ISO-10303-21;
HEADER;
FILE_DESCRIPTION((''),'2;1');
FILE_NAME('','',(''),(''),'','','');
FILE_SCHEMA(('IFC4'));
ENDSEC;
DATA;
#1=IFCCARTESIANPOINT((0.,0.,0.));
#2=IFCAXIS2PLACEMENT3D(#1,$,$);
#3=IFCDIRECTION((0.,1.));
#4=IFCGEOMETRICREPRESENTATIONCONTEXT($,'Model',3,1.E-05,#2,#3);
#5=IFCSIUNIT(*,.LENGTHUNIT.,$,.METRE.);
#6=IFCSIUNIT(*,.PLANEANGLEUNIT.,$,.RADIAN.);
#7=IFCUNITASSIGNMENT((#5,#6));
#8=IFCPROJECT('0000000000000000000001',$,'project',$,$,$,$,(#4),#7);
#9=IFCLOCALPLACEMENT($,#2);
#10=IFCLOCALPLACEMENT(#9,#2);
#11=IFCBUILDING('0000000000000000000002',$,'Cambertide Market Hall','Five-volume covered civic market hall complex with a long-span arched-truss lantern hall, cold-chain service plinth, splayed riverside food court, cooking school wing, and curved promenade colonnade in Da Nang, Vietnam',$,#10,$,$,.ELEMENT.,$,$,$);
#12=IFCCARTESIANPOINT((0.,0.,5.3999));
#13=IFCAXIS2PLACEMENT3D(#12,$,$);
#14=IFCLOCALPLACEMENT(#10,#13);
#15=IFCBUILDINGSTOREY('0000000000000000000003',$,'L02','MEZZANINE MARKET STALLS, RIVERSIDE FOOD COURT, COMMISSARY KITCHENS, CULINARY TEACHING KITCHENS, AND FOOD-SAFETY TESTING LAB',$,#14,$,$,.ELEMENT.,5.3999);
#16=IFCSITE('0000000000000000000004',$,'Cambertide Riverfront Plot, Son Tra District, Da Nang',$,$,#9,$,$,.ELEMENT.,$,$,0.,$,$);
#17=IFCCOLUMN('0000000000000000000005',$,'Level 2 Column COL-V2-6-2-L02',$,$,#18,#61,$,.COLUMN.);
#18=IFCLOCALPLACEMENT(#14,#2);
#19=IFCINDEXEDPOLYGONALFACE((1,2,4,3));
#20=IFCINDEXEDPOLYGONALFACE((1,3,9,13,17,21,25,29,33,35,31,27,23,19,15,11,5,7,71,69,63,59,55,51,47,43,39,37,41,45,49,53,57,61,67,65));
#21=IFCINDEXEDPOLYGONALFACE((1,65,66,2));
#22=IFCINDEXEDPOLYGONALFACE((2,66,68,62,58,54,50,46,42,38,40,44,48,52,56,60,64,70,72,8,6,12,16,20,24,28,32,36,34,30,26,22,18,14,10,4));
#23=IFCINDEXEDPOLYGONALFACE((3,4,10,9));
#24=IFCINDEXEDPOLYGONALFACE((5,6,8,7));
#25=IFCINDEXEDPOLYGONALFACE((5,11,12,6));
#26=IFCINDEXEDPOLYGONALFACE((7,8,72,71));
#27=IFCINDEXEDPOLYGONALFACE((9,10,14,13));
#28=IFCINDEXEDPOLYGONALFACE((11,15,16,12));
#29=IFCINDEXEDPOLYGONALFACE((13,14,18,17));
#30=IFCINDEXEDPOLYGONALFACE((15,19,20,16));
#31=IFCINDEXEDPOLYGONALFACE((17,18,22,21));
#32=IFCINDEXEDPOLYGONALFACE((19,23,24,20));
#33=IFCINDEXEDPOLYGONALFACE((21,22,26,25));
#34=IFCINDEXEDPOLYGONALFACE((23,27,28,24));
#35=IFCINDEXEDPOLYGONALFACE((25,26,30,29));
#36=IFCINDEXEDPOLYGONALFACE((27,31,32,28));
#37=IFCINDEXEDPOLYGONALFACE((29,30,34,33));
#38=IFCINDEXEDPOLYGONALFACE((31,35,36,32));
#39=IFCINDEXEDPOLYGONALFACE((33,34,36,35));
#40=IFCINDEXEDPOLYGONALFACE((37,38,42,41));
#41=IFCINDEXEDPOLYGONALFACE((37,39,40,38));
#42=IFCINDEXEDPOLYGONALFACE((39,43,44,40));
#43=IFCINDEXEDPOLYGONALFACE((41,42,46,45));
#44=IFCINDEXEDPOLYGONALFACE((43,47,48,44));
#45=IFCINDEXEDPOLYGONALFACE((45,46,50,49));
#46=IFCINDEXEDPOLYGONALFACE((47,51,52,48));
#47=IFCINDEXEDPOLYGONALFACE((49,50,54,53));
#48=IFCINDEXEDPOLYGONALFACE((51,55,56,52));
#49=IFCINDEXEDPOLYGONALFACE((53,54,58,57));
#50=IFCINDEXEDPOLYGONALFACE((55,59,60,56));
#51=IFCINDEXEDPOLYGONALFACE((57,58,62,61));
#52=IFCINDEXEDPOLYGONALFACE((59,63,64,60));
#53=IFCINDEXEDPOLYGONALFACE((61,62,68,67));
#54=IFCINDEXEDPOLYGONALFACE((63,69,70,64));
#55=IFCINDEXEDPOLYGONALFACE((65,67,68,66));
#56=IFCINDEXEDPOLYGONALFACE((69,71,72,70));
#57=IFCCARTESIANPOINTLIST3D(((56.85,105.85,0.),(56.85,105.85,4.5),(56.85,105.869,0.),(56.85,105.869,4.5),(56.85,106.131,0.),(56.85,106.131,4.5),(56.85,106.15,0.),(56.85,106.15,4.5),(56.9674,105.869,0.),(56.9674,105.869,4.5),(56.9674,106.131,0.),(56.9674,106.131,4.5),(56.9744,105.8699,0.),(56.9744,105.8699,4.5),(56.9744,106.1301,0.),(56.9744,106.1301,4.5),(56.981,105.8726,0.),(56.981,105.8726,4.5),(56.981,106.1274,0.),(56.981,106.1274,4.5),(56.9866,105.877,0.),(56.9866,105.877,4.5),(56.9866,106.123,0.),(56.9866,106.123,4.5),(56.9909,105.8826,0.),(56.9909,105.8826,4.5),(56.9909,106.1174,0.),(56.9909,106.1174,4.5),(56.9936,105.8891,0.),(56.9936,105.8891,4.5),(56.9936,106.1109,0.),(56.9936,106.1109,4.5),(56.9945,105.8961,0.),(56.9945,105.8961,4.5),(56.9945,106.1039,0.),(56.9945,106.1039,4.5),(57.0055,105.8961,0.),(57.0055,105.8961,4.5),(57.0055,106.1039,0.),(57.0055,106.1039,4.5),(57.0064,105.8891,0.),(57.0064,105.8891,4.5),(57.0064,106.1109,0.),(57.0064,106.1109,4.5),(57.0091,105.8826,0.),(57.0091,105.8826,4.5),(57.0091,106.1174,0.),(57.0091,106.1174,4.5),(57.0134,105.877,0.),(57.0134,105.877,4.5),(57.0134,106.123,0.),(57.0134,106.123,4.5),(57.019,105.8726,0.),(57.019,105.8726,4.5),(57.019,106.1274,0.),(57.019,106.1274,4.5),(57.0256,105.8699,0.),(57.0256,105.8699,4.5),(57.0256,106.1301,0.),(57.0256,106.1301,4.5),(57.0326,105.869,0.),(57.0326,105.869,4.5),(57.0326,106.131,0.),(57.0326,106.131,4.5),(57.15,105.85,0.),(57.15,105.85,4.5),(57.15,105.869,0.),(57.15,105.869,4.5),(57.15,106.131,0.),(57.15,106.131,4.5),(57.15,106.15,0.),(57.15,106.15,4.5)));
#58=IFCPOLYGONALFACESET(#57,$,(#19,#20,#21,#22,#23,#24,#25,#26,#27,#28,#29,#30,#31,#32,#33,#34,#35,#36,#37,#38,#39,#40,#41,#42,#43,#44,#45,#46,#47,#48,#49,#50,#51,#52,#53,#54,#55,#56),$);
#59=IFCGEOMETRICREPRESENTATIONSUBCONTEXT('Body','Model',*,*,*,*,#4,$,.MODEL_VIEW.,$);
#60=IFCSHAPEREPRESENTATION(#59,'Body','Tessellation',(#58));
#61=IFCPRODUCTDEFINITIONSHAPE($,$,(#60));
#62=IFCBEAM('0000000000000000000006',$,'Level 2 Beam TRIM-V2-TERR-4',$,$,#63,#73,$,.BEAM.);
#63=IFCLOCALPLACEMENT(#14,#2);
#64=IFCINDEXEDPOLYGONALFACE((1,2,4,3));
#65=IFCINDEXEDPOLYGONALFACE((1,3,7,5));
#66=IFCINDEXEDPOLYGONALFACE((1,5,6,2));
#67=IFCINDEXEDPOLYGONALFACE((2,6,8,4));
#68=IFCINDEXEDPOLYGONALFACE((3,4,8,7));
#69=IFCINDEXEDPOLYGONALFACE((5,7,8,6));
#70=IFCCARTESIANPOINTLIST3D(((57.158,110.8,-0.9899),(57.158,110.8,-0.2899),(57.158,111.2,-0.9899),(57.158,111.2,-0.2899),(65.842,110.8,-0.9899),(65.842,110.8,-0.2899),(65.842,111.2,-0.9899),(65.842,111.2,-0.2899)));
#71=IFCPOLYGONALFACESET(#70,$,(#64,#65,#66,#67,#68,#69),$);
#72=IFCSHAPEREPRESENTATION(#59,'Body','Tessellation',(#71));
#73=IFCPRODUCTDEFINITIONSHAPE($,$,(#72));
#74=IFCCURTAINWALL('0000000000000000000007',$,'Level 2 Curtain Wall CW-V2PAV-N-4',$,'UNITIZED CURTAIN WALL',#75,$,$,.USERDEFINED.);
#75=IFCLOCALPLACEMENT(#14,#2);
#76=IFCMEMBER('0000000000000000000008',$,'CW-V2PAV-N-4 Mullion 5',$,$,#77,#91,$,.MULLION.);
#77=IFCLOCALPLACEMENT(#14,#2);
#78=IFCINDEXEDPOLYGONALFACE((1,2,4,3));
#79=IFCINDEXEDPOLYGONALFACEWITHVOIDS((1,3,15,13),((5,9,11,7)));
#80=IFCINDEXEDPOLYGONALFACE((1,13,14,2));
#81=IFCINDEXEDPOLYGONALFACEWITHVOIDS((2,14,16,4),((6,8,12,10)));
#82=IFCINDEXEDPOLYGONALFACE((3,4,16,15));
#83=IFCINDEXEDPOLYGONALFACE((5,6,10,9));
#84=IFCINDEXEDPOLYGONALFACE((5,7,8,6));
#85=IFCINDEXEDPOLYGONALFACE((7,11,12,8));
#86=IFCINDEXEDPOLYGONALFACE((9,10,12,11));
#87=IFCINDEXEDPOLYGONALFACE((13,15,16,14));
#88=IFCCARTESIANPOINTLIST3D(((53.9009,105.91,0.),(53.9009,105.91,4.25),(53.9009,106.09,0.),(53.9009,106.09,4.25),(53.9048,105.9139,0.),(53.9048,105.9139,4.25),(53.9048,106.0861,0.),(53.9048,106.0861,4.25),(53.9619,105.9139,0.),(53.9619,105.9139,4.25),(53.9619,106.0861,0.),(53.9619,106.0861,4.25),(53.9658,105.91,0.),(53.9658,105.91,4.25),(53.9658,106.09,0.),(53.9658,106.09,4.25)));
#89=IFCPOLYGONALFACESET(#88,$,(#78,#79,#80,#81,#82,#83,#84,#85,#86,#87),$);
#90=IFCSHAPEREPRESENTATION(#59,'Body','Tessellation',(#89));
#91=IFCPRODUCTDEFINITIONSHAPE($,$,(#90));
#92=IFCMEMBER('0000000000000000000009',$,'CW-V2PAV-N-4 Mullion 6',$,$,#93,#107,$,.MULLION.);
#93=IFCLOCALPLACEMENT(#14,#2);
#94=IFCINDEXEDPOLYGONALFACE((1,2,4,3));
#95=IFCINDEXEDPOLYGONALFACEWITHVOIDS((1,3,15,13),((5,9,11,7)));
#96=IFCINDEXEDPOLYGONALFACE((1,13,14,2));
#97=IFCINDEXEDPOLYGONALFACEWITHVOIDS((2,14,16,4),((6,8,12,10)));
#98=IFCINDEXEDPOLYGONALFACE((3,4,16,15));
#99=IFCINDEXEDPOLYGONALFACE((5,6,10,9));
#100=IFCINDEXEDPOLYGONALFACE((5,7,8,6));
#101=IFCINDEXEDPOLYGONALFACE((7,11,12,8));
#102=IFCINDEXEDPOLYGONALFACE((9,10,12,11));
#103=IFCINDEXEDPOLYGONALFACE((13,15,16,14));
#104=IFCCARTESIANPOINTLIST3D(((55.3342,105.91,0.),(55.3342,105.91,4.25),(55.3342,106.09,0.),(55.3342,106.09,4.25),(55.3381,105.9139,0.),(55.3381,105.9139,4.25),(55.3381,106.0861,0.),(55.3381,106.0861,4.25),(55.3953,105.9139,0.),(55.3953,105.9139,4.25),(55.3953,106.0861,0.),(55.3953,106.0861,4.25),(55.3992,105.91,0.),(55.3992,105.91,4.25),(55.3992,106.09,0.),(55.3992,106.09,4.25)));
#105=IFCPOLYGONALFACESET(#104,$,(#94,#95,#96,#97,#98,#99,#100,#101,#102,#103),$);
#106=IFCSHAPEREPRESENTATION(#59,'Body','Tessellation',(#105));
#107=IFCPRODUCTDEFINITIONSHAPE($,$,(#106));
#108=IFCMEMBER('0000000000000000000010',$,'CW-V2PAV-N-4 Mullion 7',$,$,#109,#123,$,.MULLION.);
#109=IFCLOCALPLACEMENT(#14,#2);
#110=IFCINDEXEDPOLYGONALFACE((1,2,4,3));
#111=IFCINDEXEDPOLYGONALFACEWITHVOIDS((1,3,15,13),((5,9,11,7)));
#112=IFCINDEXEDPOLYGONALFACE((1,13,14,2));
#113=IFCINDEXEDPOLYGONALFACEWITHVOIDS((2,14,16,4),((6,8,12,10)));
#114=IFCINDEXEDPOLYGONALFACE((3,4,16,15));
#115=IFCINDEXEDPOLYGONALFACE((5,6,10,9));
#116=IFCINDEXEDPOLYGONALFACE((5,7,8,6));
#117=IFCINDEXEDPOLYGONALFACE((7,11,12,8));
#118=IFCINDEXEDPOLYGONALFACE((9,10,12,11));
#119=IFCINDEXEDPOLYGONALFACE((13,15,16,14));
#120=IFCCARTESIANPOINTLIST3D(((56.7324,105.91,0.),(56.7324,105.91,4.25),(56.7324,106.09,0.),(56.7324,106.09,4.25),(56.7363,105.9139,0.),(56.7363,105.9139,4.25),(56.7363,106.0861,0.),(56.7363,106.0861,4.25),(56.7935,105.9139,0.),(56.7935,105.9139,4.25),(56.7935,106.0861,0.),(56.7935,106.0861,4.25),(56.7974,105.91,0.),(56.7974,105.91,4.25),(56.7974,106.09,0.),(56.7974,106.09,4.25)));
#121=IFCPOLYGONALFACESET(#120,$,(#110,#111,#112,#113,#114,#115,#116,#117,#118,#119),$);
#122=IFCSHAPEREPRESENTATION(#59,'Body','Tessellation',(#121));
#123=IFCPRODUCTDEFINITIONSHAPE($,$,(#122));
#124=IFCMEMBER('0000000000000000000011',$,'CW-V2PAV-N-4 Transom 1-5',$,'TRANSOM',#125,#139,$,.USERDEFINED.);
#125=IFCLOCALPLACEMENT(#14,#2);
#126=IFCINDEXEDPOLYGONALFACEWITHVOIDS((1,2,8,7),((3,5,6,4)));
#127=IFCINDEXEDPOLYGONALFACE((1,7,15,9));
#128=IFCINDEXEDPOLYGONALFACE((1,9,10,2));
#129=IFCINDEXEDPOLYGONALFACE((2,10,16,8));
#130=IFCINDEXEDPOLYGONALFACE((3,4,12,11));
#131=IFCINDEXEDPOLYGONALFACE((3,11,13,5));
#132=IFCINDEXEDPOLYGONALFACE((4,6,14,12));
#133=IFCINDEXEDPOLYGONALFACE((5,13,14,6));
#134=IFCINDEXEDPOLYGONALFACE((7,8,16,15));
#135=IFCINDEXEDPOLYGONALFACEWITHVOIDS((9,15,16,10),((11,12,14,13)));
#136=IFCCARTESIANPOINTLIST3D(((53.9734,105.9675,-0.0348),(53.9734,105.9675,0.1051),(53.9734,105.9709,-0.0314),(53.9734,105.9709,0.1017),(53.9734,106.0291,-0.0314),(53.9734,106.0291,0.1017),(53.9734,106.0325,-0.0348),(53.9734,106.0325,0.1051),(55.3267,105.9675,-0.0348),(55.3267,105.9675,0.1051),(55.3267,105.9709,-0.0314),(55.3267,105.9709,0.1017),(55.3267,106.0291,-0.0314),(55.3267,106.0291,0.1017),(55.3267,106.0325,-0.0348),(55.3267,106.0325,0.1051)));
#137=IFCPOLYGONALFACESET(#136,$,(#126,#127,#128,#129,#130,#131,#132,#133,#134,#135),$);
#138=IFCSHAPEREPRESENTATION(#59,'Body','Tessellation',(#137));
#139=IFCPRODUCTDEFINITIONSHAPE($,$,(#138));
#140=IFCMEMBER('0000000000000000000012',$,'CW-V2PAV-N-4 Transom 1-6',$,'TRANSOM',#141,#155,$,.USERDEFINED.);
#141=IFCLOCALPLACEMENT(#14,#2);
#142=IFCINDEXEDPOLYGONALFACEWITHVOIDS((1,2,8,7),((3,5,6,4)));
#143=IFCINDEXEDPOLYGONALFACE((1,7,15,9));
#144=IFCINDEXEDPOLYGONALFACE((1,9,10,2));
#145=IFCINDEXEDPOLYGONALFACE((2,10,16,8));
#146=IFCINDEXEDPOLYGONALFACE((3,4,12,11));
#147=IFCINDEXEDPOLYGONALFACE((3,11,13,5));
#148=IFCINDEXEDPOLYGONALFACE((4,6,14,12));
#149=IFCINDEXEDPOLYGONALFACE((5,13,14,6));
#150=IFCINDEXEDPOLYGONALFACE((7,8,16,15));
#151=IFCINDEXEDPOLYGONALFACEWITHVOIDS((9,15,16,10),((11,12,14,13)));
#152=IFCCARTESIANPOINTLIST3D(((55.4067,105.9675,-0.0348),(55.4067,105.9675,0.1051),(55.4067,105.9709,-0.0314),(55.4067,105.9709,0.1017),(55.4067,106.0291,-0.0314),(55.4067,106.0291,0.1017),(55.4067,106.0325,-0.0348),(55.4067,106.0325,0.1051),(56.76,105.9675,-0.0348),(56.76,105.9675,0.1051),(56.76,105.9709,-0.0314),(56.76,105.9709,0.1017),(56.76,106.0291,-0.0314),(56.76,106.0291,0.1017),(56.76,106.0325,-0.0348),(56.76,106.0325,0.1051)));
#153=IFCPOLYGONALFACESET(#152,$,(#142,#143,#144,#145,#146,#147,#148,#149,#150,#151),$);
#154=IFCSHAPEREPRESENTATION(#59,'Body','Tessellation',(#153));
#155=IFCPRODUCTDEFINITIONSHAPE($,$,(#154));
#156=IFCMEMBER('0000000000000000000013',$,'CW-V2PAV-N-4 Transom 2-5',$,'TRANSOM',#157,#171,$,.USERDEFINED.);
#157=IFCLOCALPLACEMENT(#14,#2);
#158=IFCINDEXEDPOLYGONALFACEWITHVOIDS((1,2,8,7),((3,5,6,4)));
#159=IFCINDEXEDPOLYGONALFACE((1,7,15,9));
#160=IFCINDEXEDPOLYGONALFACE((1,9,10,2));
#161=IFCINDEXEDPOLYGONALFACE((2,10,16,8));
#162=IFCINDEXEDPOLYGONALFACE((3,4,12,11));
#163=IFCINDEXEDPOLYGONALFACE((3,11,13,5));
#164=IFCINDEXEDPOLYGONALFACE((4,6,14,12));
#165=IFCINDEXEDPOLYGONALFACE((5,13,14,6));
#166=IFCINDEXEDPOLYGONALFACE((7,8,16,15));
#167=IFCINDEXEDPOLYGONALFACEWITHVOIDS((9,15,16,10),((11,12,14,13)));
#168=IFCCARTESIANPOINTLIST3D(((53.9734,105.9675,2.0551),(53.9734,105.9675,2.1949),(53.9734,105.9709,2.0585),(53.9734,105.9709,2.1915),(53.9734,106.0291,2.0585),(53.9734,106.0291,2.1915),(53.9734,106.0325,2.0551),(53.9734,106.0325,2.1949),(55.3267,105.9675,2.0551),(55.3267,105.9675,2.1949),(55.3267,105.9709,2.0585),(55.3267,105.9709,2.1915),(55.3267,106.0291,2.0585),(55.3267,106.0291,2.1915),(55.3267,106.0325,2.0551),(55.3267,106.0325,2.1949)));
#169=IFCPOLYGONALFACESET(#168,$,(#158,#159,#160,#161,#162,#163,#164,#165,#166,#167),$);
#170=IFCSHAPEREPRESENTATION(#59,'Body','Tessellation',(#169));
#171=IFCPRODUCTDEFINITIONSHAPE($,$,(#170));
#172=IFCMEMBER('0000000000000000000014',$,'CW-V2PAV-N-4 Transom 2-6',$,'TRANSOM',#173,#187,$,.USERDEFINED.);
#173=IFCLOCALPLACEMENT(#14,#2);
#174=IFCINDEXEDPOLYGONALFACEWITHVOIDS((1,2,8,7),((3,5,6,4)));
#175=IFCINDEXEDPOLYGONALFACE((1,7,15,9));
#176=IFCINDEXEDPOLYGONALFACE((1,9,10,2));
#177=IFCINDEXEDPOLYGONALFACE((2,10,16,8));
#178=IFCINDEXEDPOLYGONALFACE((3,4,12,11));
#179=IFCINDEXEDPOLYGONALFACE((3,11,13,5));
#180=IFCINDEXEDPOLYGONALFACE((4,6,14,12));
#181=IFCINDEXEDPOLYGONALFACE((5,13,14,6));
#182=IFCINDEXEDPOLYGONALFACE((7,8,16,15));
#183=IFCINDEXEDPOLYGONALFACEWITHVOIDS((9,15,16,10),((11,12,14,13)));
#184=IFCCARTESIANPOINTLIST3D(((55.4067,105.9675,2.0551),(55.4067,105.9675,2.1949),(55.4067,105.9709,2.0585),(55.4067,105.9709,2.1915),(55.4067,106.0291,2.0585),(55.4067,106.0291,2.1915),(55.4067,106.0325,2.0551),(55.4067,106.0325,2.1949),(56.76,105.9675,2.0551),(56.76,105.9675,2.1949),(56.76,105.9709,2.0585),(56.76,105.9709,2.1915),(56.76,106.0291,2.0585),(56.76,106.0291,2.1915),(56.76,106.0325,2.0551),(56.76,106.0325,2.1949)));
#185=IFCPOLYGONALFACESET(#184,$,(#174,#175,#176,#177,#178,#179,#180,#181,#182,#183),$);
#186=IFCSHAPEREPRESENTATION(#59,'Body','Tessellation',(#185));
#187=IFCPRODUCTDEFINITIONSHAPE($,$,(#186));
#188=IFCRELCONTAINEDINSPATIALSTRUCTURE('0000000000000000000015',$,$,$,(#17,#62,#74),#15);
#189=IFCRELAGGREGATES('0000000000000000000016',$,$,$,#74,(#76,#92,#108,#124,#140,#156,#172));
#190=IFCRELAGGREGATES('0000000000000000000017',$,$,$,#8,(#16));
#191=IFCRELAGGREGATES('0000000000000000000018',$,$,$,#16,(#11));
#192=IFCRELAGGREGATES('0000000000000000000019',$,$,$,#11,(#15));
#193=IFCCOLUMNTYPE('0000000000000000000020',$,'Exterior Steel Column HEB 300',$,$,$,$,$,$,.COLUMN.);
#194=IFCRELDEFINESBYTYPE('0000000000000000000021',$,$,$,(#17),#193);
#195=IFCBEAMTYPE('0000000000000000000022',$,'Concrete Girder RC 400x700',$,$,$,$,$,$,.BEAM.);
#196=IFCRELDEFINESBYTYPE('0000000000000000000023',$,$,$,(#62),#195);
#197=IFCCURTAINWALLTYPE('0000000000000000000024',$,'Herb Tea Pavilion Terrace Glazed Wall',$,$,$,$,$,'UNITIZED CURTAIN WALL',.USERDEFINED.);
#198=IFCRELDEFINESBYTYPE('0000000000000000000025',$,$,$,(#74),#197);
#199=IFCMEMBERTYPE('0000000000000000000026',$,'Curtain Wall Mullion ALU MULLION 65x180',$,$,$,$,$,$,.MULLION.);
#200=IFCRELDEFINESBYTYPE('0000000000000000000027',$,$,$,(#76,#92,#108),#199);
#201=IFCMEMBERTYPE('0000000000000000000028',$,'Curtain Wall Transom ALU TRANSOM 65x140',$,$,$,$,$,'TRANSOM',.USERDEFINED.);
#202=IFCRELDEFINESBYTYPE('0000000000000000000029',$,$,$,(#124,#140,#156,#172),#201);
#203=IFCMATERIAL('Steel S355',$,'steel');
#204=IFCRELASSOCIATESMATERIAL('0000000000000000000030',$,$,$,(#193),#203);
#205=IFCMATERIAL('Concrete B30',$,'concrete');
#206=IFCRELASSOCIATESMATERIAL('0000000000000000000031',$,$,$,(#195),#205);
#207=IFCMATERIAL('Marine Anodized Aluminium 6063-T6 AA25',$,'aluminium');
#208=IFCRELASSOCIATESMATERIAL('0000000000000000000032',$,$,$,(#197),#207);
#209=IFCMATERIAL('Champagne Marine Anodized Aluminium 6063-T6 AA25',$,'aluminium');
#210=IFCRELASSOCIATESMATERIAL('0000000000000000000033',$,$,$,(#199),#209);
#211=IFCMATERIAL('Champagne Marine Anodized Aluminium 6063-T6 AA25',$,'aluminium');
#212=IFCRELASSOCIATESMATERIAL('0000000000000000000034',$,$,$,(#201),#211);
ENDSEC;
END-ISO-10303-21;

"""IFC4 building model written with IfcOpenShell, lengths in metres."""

from ifc_helpers import new_model, si_unit, direction, frame, origin, origin_2d, place, context, subcontext, project, spatial, rectangle, hollow_rectangle, i_section, extrude, material, material_profile, profile_set, type_object, element, aggregate, save


model = new_model("IFC4")

# Units and contexts
model_context = context("Model", 3, precision=1e-05, world=origin(), true_north=direction((0.0, 1.0)))
body_context = subcontext(model_context, "Body", "Model", "MODEL_VIEW")
ifc_project = project(units=[si_unit("LENGTHUNIT", "METRE"), si_unit("PLANEANGLEUNIT", "RADIAN")], contexts=[model_context])

# Site, building, storey
site_placement = place(None, origin())
site = spatial("IfcSite", under=ifc_project, at=site_placement, Name="Cambertide Riverfront Plot, Son Tra District, Da Nang", CompositionType="ELEMENT", RefElevation=0.0)
building_placement = place(site_placement, origin())
building = spatial("IfcBuilding", under=site, at=building_placement, Name="Cambertide Market Hall", Description="Five-volume covered civic market hall complex with a long-span arched-truss lantern hall, cold-chain service plinth, splayed riverside food court, cooking school wing, and curved promenade colonnade in Da Nang, Vietnam", CompositionType="ELEMENT")
storey_placement = place(building_placement, frame((0.0, 0.0, 5.3999)))
storey = spatial("IfcBuildingStorey", under=building, at=storey_placement, Name="L02", Description="MEZZANINE MARKET STALLS, RIVERSIDE FOOD COURT, COMMISSARY KITCHENS, CULINARY TEACHING KITCHENS, AND FOOD-SAFETY TESTING LAB", CompositionType="ELEMENT", Elevation=5.3999)

# Column
ifc_material_1 = material(Name="Steel S355", Category="steel")
ifc_material_profile_1 = material_profile(ifc_material_1, i_section(OverallWidth=0.3, OverallDepth=0.3, WebThickness=0.011, FlangeThickness=0.019, FilletRadius=0.0271, at=origin_2d()), Name="HEB 300")
ifc_profile_set_1 = profile_set([ifc_material_profile_1], Name="Steel S355")
column_type = type_object("IfcColumnType", Name="Exterior Steel Column HEB 300", PredefinedType="COLUMN", material=ifc_profile_set_1)
column_placement = place(storey_placement, frame((57.0, 106.0, 0.0), z_axis=(0.0, 0.0, 1.0), x_axis=(1.0, 0.0, 0.0)))
element("IfcColumn", 1, at=column_placement, inside=storey, type_object=column_type, Name="Level 2 Column COL-V2-6-2-L02", PredefinedType="COLUMN", context=body_context, shape_type="SweptSolid", body=[
    extrude(i_section(OverallWidth=0.3, OverallDepth=0.3, WebThickness=0.011, FlangeThickness=0.019, FilletRadius=0.0271, at=origin_2d()), origin(), (0.0, 0.0, 1.0), 4.5),
])

# Beam
ifc_material_2 = material(Name="Concrete B30", Category="concrete")
ifc_material_profile_2 = material_profile(ifc_material_2, rectangle(XDim=0.3999, YDim=0.7, at=origin_2d()), Name="RC 400x700")
ifc_profile_set_2 = profile_set([ifc_material_profile_2], Name="Concrete B30")
beam_type_1 = type_object("IfcBeamType", Name="Concrete Girder RC 400x700", PredefinedType="BEAM", material=ifc_profile_set_2)
beam_1_placement = place(storey_placement, frame((57.158, 111.0, -0.6399), z_axis=(1.0, 0.0, 0.0), x_axis=(0.0, 1.0, 0.0)))
element("IfcBeam", 2, at=beam_1_placement, inside=storey, type_object=beam_type_1, Name="Level 2 Beam TRIM-V2-TERR-4", PredefinedType="BEAM", context=body_context, shape_type="SweptSolid", body=[
    extrude(rectangle(XDim=0.3999, YDim=0.7, at=origin_2d()), origin(), (0.0, 0.0, 1.0), 8.6841),
])

# Curtain wall, members
ifc_material_3 = material(Name="Marine Anodized Aluminium 6063-T6 AA25", Category="aluminium")
curtain_wall_type = type_object("IfcCurtainWallType", Name="Herb Tea Pavilion Terrace Glazed Wall", ElementType="UNITIZED CURTAIN WALL", PredefinedType="USERDEFINED", material=ifc_material_3)
curtain_wall_placement = place(storey_placement, origin())
curtain_wall = element("IfcCurtainWall", 3, at=curtain_wall_placement, inside=storey, type_object=curtain_wall_type, Name="Level 2 Curtain Wall CW-V2PAV-N-4", ObjectType="UNITIZED CURTAIN WALL", PredefinedType="USERDEFINED")
ifc_material_4 = material(Name="Champagne Marine Anodized Aluminium 6063-T6 AA25", Category="aluminium")
ifc_material_profile_3 = material_profile(ifc_material_4, hollow_rectangle(XDim=0.0649, YDim=0.1799, WallThickness=0.0039, at=origin_2d()), Name="ALU MULLION 65x180")
ifc_profile_set_3 = profile_set([ifc_material_profile_3], Name="Champagne Marine Anodized Aluminium 6063-T6 AA25")
member_type_1 = type_object("IfcMemberType", Name="Curtain Wall Mullion ALU MULLION 65x180", PredefinedType="MULLION", material=ifc_profile_set_3)
member_1_placement = place(storey_placement, frame((53.9333, 106.0, 0.0), z_axis=(0.0, 0.0, 1.0), x_axis=(1.0, 0.0, 0.0)))
member_1 = element("IfcMember", 4, at=member_1_placement, type_object=member_type_1, Name="CW-V2PAV-N-4 Mullion 5", PredefinedType="MULLION", context=body_context, shape_type="SweptSolid", body=[
    extrude(hollow_rectangle(XDim=0.0649, YDim=0.1799, WallThickness=0.0039, at=origin_2d()), origin(), (0.0, 0.0, 1.0), 4.25),
])
member_2_placement = place(storey_placement, frame((55.3667, 106.0, 0.0), z_axis=(0.0, 0.0, 1.0), x_axis=(1.0, 0.0, 0.0)))
member_2 = element("IfcMember", 5, at=member_2_placement, type_object=member_type_1, Name="CW-V2PAV-N-4 Mullion 6", PredefinedType="MULLION", context=body_context, shape_type="SweptSolid", body=[
    extrude(hollow_rectangle(XDim=0.0649, YDim=0.1799, WallThickness=0.0039, at=origin_2d()), origin(), (0.0, 0.0, 1.0), 4.25),
])
member_3_placement = place(storey_placement, frame((56.7649, 106.0, 0.0), z_axis=(0.0, 0.0, 1.0), x_axis=(1.0, 0.0, 0.0)))
member_3 = element("IfcMember", 6, at=member_3_placement, type_object=member_type_1, Name="CW-V2PAV-N-4 Mullion 7", PredefinedType="MULLION", context=body_context, shape_type="SweptSolid", body=[
    extrude(hollow_rectangle(XDim=0.0649, YDim=0.1799, WallThickness=0.0039, at=origin_2d()), origin(), (0.0, 0.0, 1.0), 4.25),
])
ifc_material_5 = material(Name="Champagne Marine Anodized Aluminium 6063-T6 AA25", Category="aluminium")
ifc_material_profile_4 = material_profile(ifc_material_5, hollow_rectangle(XDim=0.0649, YDim=0.1399, WallThickness=0.0034, at=origin_2d()), Name="ALU TRANSOM 65x140")
ifc_profile_set_4 = profile_set([ifc_material_profile_4], Name="Champagne Marine Anodized Aluminium 6063-T6 AA25")
member_type_2 = type_object("IfcMemberType", Name="Curtain Wall Transom ALU TRANSOM 65x140", ElementType="TRANSOM", PredefinedType="USERDEFINED", material=ifc_profile_set_4)
member_4_placement = place(storey_placement, frame((53.9734, 106.0, 0.0352), z_axis=(1.0, 0.0, 0.0), x_axis=(0.0, 1.0, 0.0)))
member_4 = element("IfcMember", 7, at=member_4_placement, type_object=member_type_2, Name="CW-V2PAV-N-4 Transom 1-5", ObjectType="TRANSOM", PredefinedType="USERDEFINED", context=body_context, shape_type="SweptSolid", body=[
    extrude(hollow_rectangle(XDim=0.0649, YDim=0.1399, WallThickness=0.0034, at=origin_2d()), origin(), (0.0, 0.0, 1.0), 1.3533),
])
member_5_placement = place(storey_placement, frame((55.4067, 106.0, 0.0352), z_axis=(1.0, 0.0, 0.0), x_axis=(0.0, 1.0, 0.0)))
member_5 = element("IfcMember", 8, at=member_5_placement, type_object=member_type_2, Name="CW-V2PAV-N-4 Transom 1-6", ObjectType="TRANSOM", PredefinedType="USERDEFINED", context=body_context, shape_type="SweptSolid", body=[
    extrude(hollow_rectangle(XDim=0.0649, YDim=0.1399, WallThickness=0.0034, at=origin_2d()), origin(), (0.0, 0.0, 1.0), 1.3533),
])
member_6_placement = place(storey_placement, frame((53.9734, 106.0, 2.125), z_axis=(1.0, 0.0, 0.0), x_axis=(0.0, 1.0, 0.0)))
member_6 = element("IfcMember", 9, at=member_6_placement, type_object=member_type_2, Name="CW-V2PAV-N-4 Transom 2-5", ObjectType="TRANSOM", PredefinedType="USERDEFINED", context=body_context, shape_type="SweptSolid", body=[
    extrude(hollow_rectangle(XDim=0.0649, YDim=0.1399, WallThickness=0.0034, at=origin_2d()), origin(), (0.0, 0.0, 1.0), 1.3533),
])
member_7_placement = place(storey_placement, frame((55.4067, 106.0, 2.125), z_axis=(1.0, 0.0, 0.0), x_axis=(0.0, 1.0, 0.0)))
member_7 = element("IfcMember", 10, at=member_7_placement, type_object=member_type_2, Name="CW-V2PAV-N-4 Transom 2-6", ObjectType="TRANSOM", PredefinedType="USERDEFINED", context=body_context, shape_type="SweptSolid", body=[
    extrude(hollow_rectangle(XDim=0.0649, YDim=0.1399, WallThickness=0.0034, at=origin_2d()), origin(), (0.0, 0.0, 1.0), 1.3533),
])

aggregate(curtain_wall, [member_1, member_2, member_3, member_4, member_5, member_6, member_7])

save(model, "model.ifc")
